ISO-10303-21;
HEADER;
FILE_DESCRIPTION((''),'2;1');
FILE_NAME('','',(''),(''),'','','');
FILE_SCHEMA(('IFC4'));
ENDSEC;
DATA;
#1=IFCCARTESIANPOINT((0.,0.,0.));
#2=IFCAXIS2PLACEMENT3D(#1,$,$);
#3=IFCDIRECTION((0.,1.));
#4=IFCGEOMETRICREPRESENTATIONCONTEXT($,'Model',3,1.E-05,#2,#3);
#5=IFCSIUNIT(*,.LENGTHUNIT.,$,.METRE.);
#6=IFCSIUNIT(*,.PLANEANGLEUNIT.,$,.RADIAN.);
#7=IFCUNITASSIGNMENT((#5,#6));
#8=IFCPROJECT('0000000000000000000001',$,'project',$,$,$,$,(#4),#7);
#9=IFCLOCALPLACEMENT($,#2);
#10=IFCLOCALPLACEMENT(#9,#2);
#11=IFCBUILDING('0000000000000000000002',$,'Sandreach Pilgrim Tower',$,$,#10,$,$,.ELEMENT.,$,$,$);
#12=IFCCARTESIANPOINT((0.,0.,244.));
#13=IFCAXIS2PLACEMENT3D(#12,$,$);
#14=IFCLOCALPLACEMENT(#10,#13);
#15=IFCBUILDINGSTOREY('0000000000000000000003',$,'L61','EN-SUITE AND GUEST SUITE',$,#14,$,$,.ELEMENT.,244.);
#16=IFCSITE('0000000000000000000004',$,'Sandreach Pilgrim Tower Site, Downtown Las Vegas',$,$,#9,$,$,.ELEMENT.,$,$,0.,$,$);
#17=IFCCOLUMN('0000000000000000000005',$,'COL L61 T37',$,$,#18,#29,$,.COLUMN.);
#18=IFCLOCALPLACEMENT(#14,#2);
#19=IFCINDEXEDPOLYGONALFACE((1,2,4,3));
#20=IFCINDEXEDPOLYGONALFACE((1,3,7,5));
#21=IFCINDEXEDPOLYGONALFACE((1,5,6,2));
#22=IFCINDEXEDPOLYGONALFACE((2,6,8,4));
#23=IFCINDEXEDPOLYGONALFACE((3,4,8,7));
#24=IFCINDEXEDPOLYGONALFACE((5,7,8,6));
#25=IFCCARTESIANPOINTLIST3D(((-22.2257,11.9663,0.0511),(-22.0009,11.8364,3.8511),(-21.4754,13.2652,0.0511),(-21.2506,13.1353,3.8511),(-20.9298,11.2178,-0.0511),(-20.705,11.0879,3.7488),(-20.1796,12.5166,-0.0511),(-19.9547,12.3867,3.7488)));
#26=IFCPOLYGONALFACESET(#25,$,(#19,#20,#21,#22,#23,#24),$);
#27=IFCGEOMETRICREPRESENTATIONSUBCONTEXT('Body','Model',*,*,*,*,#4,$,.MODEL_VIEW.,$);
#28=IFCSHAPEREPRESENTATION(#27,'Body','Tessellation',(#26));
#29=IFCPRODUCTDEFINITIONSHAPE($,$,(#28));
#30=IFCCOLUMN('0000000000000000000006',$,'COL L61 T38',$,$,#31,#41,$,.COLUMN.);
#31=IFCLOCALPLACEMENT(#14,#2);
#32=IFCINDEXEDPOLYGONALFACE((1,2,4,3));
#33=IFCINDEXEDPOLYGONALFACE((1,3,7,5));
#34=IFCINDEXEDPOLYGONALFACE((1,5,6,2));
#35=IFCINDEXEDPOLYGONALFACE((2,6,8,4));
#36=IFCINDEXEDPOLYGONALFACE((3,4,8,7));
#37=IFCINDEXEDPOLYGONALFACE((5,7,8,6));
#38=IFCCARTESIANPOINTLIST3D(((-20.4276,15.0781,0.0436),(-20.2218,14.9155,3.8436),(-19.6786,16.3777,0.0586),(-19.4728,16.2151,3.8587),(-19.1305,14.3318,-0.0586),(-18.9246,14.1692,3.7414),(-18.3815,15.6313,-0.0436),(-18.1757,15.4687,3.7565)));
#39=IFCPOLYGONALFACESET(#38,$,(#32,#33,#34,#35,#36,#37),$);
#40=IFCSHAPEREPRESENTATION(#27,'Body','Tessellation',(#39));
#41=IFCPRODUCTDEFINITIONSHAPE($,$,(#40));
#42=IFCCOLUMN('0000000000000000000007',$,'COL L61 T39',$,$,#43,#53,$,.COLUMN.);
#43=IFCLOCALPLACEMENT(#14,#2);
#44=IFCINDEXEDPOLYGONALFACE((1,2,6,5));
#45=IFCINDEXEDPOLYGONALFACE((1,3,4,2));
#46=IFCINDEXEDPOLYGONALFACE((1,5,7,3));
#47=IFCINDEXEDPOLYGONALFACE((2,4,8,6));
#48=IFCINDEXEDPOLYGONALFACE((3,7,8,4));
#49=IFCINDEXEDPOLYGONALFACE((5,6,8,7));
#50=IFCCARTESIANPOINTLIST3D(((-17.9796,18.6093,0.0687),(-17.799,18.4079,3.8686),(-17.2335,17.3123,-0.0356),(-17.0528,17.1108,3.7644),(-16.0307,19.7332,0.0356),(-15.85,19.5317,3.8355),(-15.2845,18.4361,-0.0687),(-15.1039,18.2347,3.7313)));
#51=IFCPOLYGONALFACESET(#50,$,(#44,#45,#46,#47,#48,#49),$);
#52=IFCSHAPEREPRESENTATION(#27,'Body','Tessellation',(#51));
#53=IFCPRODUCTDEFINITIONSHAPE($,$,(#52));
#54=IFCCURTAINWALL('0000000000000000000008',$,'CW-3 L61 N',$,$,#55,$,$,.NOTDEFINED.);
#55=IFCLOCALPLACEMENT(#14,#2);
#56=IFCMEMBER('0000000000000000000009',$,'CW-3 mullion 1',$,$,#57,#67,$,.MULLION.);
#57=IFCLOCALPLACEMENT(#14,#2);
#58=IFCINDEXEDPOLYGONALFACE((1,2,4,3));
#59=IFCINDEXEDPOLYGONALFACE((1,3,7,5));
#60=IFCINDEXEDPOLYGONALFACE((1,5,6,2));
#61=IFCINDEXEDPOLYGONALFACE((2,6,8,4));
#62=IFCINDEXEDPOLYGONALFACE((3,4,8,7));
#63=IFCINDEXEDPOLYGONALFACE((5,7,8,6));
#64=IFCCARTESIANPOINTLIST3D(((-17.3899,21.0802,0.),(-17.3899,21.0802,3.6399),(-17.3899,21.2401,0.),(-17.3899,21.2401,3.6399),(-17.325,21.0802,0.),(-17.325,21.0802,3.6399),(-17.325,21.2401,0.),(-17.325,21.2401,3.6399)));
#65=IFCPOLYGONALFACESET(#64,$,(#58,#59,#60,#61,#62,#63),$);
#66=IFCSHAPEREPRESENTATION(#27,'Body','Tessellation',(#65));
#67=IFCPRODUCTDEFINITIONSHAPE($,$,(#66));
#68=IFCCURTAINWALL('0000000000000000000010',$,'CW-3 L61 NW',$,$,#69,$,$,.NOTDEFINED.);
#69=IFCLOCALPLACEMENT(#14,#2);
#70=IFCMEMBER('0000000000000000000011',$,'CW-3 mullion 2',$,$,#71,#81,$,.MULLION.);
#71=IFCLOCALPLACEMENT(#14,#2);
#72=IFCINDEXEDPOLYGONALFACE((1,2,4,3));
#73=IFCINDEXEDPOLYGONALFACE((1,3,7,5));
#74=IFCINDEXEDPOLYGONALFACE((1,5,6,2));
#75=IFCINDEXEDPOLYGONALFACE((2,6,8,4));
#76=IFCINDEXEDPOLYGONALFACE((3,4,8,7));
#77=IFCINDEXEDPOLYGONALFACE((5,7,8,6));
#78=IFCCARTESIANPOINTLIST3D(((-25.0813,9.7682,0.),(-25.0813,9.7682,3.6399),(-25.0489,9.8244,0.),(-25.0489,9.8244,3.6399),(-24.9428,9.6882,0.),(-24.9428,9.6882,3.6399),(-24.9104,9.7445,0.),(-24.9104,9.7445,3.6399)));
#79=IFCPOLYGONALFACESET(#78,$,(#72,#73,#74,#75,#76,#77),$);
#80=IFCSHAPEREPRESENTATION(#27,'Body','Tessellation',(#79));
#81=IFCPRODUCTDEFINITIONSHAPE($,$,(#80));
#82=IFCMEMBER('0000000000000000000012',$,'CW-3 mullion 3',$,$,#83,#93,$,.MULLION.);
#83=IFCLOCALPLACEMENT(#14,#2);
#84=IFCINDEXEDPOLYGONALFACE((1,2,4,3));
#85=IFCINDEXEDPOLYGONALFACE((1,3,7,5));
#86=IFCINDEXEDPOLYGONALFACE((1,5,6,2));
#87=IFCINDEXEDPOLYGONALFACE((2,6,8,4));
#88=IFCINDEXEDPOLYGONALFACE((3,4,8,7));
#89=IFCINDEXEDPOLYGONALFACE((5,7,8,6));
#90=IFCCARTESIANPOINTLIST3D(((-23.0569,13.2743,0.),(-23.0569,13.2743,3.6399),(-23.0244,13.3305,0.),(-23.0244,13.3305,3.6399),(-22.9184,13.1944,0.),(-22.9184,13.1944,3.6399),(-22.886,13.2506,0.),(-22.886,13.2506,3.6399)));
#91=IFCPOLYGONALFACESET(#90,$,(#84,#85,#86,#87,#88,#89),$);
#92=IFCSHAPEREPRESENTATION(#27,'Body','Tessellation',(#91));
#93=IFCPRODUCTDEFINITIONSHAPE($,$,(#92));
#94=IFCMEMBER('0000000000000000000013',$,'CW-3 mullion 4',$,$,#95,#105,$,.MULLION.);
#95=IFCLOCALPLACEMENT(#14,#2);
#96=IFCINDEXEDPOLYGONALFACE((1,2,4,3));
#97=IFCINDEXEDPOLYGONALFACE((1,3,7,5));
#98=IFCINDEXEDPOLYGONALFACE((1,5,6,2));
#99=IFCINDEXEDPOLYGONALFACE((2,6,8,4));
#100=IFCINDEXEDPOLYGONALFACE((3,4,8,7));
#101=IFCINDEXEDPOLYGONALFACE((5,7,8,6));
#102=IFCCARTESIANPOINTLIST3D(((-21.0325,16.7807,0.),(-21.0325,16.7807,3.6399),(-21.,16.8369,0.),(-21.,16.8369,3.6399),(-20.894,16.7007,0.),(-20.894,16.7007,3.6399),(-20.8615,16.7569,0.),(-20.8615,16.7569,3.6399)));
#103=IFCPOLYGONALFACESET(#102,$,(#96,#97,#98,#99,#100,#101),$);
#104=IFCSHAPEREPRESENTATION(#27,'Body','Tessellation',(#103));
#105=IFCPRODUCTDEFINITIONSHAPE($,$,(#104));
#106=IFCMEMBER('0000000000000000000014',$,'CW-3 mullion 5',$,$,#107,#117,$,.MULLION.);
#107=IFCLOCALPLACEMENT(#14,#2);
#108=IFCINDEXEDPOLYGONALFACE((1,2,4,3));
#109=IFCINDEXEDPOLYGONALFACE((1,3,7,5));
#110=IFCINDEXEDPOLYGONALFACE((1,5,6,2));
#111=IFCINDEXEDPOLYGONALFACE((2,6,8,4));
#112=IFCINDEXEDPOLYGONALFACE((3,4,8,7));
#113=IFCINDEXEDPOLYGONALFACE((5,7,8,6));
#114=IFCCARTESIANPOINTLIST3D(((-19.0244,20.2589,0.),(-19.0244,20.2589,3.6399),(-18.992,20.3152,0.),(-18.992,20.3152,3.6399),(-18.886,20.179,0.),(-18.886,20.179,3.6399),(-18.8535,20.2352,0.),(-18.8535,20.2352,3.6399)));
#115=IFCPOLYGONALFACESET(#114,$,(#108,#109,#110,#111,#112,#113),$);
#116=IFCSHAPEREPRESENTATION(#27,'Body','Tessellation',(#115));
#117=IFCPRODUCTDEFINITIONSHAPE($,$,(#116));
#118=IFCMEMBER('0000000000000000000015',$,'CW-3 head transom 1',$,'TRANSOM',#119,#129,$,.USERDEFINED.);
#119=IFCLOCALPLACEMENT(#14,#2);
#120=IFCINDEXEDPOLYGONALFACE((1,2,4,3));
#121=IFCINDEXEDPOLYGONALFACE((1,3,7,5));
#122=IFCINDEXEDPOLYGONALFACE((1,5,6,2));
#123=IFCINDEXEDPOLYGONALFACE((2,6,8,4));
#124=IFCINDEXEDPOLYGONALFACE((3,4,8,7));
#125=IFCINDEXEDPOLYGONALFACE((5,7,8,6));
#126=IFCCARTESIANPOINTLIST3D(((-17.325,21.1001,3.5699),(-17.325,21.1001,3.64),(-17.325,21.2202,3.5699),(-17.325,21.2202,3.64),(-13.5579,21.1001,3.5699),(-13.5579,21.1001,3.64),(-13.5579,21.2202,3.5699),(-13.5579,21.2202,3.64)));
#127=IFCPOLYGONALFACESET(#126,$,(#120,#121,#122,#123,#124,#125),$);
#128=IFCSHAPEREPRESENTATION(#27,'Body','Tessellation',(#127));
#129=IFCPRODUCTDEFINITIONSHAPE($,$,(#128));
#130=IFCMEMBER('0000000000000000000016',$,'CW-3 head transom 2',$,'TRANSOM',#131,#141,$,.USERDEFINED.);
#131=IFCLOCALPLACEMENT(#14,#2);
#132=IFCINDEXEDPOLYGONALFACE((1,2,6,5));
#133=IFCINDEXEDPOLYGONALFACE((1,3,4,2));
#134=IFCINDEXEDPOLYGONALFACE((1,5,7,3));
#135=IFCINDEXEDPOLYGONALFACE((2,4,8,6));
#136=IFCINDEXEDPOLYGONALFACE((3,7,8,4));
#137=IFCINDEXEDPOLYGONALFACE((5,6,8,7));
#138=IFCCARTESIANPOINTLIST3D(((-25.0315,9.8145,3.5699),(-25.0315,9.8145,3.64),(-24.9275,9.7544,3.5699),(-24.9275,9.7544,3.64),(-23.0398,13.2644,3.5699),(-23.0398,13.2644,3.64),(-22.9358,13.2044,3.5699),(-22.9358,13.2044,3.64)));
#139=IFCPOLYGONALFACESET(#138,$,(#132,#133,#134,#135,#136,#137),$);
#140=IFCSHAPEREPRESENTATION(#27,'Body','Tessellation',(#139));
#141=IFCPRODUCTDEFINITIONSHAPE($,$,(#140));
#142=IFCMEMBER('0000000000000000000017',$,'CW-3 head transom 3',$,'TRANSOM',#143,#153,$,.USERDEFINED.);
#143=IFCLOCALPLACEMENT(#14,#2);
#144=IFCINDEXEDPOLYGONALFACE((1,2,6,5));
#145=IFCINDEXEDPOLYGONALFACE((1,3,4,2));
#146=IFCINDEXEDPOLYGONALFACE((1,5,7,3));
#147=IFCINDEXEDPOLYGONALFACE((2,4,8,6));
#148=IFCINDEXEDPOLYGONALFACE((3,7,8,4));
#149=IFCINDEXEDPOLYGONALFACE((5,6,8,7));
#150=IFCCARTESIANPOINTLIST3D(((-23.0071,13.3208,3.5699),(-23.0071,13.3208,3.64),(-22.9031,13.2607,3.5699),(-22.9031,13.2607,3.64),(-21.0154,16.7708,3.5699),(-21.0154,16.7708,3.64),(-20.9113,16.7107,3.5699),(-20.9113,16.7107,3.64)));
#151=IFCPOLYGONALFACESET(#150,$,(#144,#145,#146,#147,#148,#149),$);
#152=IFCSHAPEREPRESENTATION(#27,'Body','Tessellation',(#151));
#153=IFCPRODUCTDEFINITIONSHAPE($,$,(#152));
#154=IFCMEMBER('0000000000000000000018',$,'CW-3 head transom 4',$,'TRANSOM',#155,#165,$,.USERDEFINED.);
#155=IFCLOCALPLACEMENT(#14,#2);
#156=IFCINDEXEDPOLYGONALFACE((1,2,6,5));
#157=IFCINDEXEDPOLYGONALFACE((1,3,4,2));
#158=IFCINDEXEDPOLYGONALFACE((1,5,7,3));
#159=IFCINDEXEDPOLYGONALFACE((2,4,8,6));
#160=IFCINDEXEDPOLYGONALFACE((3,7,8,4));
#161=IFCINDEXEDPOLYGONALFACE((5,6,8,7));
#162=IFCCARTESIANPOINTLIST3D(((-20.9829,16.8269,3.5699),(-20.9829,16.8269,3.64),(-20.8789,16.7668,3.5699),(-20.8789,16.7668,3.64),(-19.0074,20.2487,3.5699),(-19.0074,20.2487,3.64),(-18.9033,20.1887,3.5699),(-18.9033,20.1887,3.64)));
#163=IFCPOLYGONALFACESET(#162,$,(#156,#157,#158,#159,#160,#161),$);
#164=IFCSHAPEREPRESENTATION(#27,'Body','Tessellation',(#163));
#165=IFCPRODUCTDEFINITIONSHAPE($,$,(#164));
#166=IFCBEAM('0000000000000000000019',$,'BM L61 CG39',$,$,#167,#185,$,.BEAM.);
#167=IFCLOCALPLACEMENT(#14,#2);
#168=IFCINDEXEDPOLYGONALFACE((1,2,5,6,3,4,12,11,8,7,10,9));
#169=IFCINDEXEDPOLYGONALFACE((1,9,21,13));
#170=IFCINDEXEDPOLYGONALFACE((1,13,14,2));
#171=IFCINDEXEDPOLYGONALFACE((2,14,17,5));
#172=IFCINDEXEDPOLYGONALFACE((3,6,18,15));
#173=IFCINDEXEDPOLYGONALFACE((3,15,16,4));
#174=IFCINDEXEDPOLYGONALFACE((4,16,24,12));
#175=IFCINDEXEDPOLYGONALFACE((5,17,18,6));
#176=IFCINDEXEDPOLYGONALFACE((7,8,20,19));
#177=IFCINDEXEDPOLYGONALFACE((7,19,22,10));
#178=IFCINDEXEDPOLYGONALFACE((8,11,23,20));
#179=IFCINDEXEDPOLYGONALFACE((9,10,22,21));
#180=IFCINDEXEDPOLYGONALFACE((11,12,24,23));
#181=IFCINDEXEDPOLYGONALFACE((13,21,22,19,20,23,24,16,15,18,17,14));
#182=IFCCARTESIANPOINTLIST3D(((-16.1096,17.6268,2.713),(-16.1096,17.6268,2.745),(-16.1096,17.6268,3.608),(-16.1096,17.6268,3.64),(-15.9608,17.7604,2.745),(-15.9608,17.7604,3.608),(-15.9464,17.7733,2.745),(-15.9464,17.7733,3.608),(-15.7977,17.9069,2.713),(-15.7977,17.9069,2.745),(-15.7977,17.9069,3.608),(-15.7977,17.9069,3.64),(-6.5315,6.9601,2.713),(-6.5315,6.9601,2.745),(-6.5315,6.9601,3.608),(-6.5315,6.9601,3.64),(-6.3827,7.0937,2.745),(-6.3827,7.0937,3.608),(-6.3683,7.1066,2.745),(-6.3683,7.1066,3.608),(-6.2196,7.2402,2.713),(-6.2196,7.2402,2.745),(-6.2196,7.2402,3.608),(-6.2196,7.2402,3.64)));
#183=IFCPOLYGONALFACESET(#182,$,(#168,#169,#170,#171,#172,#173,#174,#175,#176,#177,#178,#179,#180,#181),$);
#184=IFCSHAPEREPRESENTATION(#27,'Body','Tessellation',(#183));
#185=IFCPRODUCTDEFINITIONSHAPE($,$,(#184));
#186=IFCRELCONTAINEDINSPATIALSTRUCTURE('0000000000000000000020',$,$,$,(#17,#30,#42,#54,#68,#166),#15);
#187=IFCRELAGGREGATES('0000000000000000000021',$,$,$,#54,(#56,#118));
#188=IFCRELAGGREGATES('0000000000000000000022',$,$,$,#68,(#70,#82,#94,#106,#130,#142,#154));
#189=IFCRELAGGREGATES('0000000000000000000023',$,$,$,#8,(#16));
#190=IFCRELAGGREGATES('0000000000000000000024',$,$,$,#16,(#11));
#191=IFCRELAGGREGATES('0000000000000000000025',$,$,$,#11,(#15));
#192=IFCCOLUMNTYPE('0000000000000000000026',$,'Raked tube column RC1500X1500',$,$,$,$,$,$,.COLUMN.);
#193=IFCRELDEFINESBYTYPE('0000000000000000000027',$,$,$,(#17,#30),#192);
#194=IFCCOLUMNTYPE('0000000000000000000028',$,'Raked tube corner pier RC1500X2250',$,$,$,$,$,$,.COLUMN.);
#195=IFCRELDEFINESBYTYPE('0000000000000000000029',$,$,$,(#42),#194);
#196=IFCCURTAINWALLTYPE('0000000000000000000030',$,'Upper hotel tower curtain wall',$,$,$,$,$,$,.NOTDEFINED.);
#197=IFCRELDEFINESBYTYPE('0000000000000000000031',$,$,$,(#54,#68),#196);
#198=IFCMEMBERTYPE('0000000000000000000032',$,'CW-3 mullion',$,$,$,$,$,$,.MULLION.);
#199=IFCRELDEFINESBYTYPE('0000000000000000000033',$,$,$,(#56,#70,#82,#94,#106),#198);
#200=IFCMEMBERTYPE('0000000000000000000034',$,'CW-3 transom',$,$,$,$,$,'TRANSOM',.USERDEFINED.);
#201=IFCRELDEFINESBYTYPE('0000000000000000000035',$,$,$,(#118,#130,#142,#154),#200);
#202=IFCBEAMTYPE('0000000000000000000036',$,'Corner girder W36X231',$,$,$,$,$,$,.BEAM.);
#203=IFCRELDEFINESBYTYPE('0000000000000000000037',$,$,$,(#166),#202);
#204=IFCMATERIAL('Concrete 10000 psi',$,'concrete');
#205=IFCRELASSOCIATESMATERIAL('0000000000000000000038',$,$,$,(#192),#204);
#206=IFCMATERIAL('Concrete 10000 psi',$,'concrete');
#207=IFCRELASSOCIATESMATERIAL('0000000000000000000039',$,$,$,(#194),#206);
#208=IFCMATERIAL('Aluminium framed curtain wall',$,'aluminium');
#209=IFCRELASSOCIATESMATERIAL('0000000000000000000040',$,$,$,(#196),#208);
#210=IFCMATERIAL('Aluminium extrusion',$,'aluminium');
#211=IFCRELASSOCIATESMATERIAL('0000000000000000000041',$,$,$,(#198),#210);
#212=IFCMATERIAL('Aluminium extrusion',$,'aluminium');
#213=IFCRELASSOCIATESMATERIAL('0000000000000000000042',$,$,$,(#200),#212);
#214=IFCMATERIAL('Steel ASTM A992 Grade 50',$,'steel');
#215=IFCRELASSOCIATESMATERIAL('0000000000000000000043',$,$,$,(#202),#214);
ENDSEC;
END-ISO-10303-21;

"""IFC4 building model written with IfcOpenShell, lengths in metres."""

from ifc_helpers import new_model, si_unit, direction, frame, origin, origin_2d, place, context, subcontext, project, spatial, rectangle, i_section, extrude, material, material_profile, profile_set, type_object, element, aggregate, save


model = new_model("IFC4")

# Units and contexts
model_context = context("Model", 3, precision=1e-05, world=origin(), true_north=direction((0.0, 1.0)))
body_context = subcontext(model_context, "Body", "Model", "MODEL_VIEW")
ifc_project = project(units=[si_unit("LENGTHUNIT", "METRE"), si_unit("PLANEANGLEUNIT", "RADIAN")], contexts=[model_context])

# Site, building, storey
site_placement = place(None, origin())
site = spatial("IfcSite", under=ifc_project, at=site_placement, Name="Sandreach Pilgrim Tower Site, Downtown Las Vegas", CompositionType="ELEMENT", RefElevation=0.0)
building_placement = place(site_placement, origin())
building = spatial("IfcBuilding", under=site, at=building_placement, Name="Sandreach Pilgrim Tower", CompositionType="ELEMENT")
storey_placement = place(building_placement, frame((0.0, 0.0, 244.0)))
storey = spatial("IfcBuildingStorey", under=building, at=storey_placement, Name="L61", Description="EN-SUITE AND GUEST SUITE", CompositionType="ELEMENT", Elevation=244.0)

# Columns
ifc_material_1 = material(Name="Concrete 10000 psi", Category="concrete")
ifc_material_profile_1 = material_profile(ifc_material_1, rectangle(XDim=1.5, YDim=1.5, at=origin_2d()), Name="RC1500X1500")
ifc_profile_set_1 = profile_set([ifc_material_profile_1], Name="Concrete 10000 psi")
column_type_1 = type_object("IfcColumnType", Name="Raked tube column RC1500X1500", PredefinedType="COLUMN", material=ifc_profile_set_1)
column_1_placement = place(storey_placement, frame((-21.2026, 12.2415, 0.0), z_axis=(0.059034, -0.0341, 0.997673), x_axis=(-0.863905, 0.49902, 0.068174)))
element("IfcColumn", 1, at=column_1_placement, inside=storey, type_object=column_type_1, Name="COL L61 T37", PredefinedType="COLUMN", context=body_context, shape_type="SweptSolid", body=[
    extrude(rectangle(XDim=1.5, YDim=1.5, at=origin_2d()), origin(), (0.0, 0.0, 1.0), 3.8088),
])
column_2_placement = place(storey_placement, frame((-19.4045, 15.3547, 0.0), z_axis=(0.054031, -0.042687, 0.997626), x_axis=(-0.864743, 0.497572, 0.068125)))
element("IfcColumn", 2, at=column_2_placement, inside=storey, type_object=column_type_1, Name="COL L61 T38", PredefinedType="COLUMN", context=body_context, shape_type="SweptSolid", body=[
    extrude(rectangle(XDim=1.5, YDim=1.5, at=origin_2d()), origin(), (0.0, 0.0, 1.0), 3.8091),
])
ifc_material_2 = material(Name="Concrete 10000 psi", Category="concrete")
ifc_material_profile_2 = material_profile(ifc_material_2, rectangle(XDim=1.5, YDim=2.25, at=origin_2d()), Name="RC1500X2250")
ifc_profile_set_2 = profile_set([ifc_material_profile_2], Name="Concrete 10000 psi")
column_type_2 = type_object("IfcColumnType", Name="Raked tube corner pier RC1500X2250", PredefinedType="COLUMN", material=ifc_profile_set_2)
column_3_placement = place(storey_placement, frame((-16.6321, 18.5227, 0.0), z_axis=(0.047423, -0.05287, 0.997475), x_axis=(-0.497441, 0.864711, 0.069482)))
element("IfcColumn", 3, at=column_3_placement, inside=storey, type_object=column_type_2, Name="COL L61 T39", PredefinedType="COLUMN", context=body_context, shape_type="SweptSolid", body=[
    extrude(rectangle(XDim=1.5, YDim=2.25, at=origin_2d()), origin(), (0.0, 0.0, 1.0), 3.8096),
])

# Curtain wall, member
ifc_material_3 = material(Name="Aluminium framed curtain wall", Category="aluminium")
curtain_wall_type = type_object("IfcCurtainWallType", Name="Upper hotel tower curtain wall", PredefinedType="NOTDEFINED", material=ifc_material_3)
curtain_wall_1_placement = place(storey_placement, origin())
curtain_wall_1 = element("IfcCurtainWall", 4, at=curtain_wall_1_placement, inside=storey, type_object=curtain_wall_type, Name="CW-3 L61 N", PredefinedType="NOTDEFINED")
ifc_material_4 = material(Name="Aluminium extrusion", Category="aluminium")
ifc_material_profile_3 = material_profile(ifc_material_4, rectangle(XDim=0.0649, YDim=0.1599, at=origin_2d()), Name="CW-3M 65X160")
ifc_profile_set_3 = profile_set([ifc_material_profile_3], Name="Aluminium extrusion")
member_type_1 = type_object("IfcMemberType", Name="CW-3 mullion", PredefinedType="MULLION", material=ifc_profile_set_3)
member_1_placement = place(storey_placement, frame((-17.3574, 21.1602, 0.0), z_axis=(0.0, 0.0, 1.0), x_axis=(1.0, 0.0, 0.0)))
member_1 = element("IfcMember", 5, at=member_1_placement, type_object=member_type_1, Name="CW-3 mullion 1", PredefinedType="MULLION", context=body_context, shape_type="SweptSolid", body=[
    extrude(rectangle(XDim=0.0649, YDim=0.1599, at=origin_2d()), origin(), (0.0, 0.0, 1.0), 3.6399),
])

# Curtain wall, members
curtain_wall_2_placement = place(storey_placement, origin())
curtain_wall_2 = element("IfcCurtainWall", 6, at=curtain_wall_2_placement, inside=storey, type_object=curtain_wall_type, Name="CW-3 L61 NW", PredefinedType="NOTDEFINED")
member_2_placement = place(storey_placement, frame((-24.9958, 9.7563, 0.0), z_axis=(0.0, 0.0, 1.0), x_axis=(0.5, 0.866025, 0.0)))
member_2 = element("IfcMember", 7, at=member_2_placement, type_object=member_type_1, Name="CW-3 mullion 2", PredefinedType="MULLION", context=body_context, shape_type="SweptSolid", body=[
    extrude(rectangle(XDim=0.0649, YDim=0.1599, at=origin_2d()), origin(), (0.0, 0.0, 1.0), 3.6399),
])
member_3_placement = place(storey_placement, frame((-22.9714, 13.2625, 0.0), z_axis=(0.0, 0.0, 1.0), x_axis=(0.5, 0.866025, 0.0)))
member_3 = element("IfcMember", 8, at=member_3_placement, type_object=member_type_1, Name="CW-3 mullion 3", PredefinedType="MULLION", context=body_context, shape_type="SweptSolid", body=[
    extrude(rectangle(XDim=0.0649, YDim=0.1599, at=origin_2d()), origin(), (0.0, 0.0, 1.0), 3.6399),
])
member_4_placement = place(storey_placement, frame((-20.947, 16.7688, 0.0), z_axis=(0.0, 0.0, 1.0), x_axis=(0.5, 0.866025, 0.0)))
member_4 = element("IfcMember", 9, at=member_4_placement, type_object=member_type_1, Name="CW-3 mullion 4", PredefinedType="MULLION", context=body_context, shape_type="SweptSolid", body=[
    extrude(rectangle(XDim=0.0649, YDim=0.1599, at=origin_2d()), origin(), (0.0, 0.0, 1.0), 3.6399),
])
member_5_placement = place(storey_placement, frame((-18.939, 20.2471, 0.0), z_axis=(0.0, 0.0, 1.0), x_axis=(0.5, 0.866025, 0.0)))
member_5 = element("IfcMember", 10, at=member_5_placement, type_object=member_type_1, Name="CW-3 mullion 5", PredefinedType="MULLION", context=body_context, shape_type="SweptSolid", body=[
    extrude(rectangle(XDim=0.0649, YDim=0.1599, at=origin_2d()), origin(), (0.0, 0.0, 1.0), 3.6399),
])

# Members
ifc_material_5 = material(Name="Aluminium extrusion", Category="aluminium")
ifc_material_profile_4 = material_profile(ifc_material_5, rectangle(XDim=0.1201, YDim=0.0701, at=origin_2d()), Name="CW-3T 120X70")
ifc_profile_set_4 = profile_set([ifc_material_profile_4], Name="Aluminium extrusion")
member_type_2 = type_object("IfcMemberType", Name="CW-3 transom", ElementType="TRANSOM", PredefinedType="USERDEFINED", material=ifc_profile_set_4)
member_6_placement = place(storey_placement, frame((-17.325, 21.1602, 3.605), z_axis=(1.0, 0.0, 0.0), x_axis=(0.0, 1.0, 0.0)))
member_6 = element("IfcMember", 11, at=member_6_placement, type_object=member_type_2, Name="CW-3 head transom 1", ObjectType="TRANSOM", PredefinedType="USERDEFINED", context=body_context, shape_type="SweptSolid", body=[
    extrude(rectangle(XDim=0.1201, YDim=0.0701, at=origin_2d()), origin(), (0.0, 0.0, 1.0), 3.7671),
])
member_7_placement = place(storey_placement, frame((-24.9795, 9.7844, 3.605), z_axis=(0.499975, 0.86604, 0.0), x_axis=(-0.86604, 0.499975, 0.0)))
member_7 = element("IfcMember", 12, at=member_7_placement, type_object=member_type_2, Name="CW-3 head transom 2", ObjectType="TRANSOM", PredefinedType="USERDEFINED", context=body_context, shape_type="SweptSolid", body=[
    extrude(rectangle(XDim=0.1201, YDim=0.0701, at=origin_2d()), origin(), (0.0, 0.0, 1.0), 3.9836),
])
member_8_placement = place(storey_placement, frame((-22.9551, 13.2908, 3.605), z_axis=(0.499975, 0.86604, 0.0), x_axis=(-0.86604, 0.499975, 0.0)))
member_8 = element("IfcMember", 13, at=member_8_placement, type_object=member_type_2, Name="CW-3 head transom 3", ObjectType="TRANSOM", PredefinedType="USERDEFINED", context=body_context, shape_type="SweptSolid", body=[
    extrude(rectangle(XDim=0.1201, YDim=0.0701, at=origin_2d()), origin(), (0.0, 0.0, 1.0), 3.9836),
])
member_9_placement = place(storey_placement, frame((-20.9309, 16.7969, 3.605), z_axis=(0.499993, 0.866029, 0.0), x_axis=(-0.866029, 0.499993, 0.0)))
member_9 = element("IfcMember", 14, at=member_9_placement, type_object=member_type_2, Name="CW-3 head transom 4", ObjectType="TRANSOM", PredefinedType="USERDEFINED", context=body_context, shape_type="SweptSolid", body=[
    extrude(rectangle(XDim=0.1201, YDim=0.0701, at=origin_2d()), origin(), (0.0, 0.0, 1.0), 3.9512),
])

# Beam
ifc_material_6 = material(Name="Steel ASTM A992 Grade 50", Category="steel")
ifc_material_profile_5 = material_profile(ifc_material_6, i_section(OverallWidth=0.4192, OverallDepth=0.927, WebThickness=0.0193, FlangeThickness=0.032, at=origin_2d()), Name="W36X231")
ifc_profile_set_5 = profile_set([ifc_material_profile_5], Name="Steel ASTM A992 Grade 50")
beam_type_1 = type_object("IfcBeamType", Name="Corner girder W36X231", PredefinedType="BEAM", material=ifc_profile_set_5)
beam_1_placement = place(storey_placement, frame((-15.9536, 17.7668, 3.1765), z_axis=(0.668118, -0.744055, 0.0), x_axis=(0.744055, 0.668118, 0.0)))
element("IfcBeam", 15, at=beam_1_placement, inside=storey, type_object=beam_type_1, Name="BM L61 CG39", PredefinedType="BEAM", context=body_context, shape_type="SweptSolid", body=[
    extrude(i_section(OverallWidth=0.4192, OverallDepth=0.927, WebThickness=0.0193, FlangeThickness=0.032, at=origin_2d()), origin(), (0.0, 0.0, 1.0), 14.3359),
])

aggregate(curtain_wall_1, [member_1, member_6])
aggregate(curtain_wall_2, [member_2, member_3, member_4, member_5, member_7, member_8, member_9])

save(model, "model.ifc")
